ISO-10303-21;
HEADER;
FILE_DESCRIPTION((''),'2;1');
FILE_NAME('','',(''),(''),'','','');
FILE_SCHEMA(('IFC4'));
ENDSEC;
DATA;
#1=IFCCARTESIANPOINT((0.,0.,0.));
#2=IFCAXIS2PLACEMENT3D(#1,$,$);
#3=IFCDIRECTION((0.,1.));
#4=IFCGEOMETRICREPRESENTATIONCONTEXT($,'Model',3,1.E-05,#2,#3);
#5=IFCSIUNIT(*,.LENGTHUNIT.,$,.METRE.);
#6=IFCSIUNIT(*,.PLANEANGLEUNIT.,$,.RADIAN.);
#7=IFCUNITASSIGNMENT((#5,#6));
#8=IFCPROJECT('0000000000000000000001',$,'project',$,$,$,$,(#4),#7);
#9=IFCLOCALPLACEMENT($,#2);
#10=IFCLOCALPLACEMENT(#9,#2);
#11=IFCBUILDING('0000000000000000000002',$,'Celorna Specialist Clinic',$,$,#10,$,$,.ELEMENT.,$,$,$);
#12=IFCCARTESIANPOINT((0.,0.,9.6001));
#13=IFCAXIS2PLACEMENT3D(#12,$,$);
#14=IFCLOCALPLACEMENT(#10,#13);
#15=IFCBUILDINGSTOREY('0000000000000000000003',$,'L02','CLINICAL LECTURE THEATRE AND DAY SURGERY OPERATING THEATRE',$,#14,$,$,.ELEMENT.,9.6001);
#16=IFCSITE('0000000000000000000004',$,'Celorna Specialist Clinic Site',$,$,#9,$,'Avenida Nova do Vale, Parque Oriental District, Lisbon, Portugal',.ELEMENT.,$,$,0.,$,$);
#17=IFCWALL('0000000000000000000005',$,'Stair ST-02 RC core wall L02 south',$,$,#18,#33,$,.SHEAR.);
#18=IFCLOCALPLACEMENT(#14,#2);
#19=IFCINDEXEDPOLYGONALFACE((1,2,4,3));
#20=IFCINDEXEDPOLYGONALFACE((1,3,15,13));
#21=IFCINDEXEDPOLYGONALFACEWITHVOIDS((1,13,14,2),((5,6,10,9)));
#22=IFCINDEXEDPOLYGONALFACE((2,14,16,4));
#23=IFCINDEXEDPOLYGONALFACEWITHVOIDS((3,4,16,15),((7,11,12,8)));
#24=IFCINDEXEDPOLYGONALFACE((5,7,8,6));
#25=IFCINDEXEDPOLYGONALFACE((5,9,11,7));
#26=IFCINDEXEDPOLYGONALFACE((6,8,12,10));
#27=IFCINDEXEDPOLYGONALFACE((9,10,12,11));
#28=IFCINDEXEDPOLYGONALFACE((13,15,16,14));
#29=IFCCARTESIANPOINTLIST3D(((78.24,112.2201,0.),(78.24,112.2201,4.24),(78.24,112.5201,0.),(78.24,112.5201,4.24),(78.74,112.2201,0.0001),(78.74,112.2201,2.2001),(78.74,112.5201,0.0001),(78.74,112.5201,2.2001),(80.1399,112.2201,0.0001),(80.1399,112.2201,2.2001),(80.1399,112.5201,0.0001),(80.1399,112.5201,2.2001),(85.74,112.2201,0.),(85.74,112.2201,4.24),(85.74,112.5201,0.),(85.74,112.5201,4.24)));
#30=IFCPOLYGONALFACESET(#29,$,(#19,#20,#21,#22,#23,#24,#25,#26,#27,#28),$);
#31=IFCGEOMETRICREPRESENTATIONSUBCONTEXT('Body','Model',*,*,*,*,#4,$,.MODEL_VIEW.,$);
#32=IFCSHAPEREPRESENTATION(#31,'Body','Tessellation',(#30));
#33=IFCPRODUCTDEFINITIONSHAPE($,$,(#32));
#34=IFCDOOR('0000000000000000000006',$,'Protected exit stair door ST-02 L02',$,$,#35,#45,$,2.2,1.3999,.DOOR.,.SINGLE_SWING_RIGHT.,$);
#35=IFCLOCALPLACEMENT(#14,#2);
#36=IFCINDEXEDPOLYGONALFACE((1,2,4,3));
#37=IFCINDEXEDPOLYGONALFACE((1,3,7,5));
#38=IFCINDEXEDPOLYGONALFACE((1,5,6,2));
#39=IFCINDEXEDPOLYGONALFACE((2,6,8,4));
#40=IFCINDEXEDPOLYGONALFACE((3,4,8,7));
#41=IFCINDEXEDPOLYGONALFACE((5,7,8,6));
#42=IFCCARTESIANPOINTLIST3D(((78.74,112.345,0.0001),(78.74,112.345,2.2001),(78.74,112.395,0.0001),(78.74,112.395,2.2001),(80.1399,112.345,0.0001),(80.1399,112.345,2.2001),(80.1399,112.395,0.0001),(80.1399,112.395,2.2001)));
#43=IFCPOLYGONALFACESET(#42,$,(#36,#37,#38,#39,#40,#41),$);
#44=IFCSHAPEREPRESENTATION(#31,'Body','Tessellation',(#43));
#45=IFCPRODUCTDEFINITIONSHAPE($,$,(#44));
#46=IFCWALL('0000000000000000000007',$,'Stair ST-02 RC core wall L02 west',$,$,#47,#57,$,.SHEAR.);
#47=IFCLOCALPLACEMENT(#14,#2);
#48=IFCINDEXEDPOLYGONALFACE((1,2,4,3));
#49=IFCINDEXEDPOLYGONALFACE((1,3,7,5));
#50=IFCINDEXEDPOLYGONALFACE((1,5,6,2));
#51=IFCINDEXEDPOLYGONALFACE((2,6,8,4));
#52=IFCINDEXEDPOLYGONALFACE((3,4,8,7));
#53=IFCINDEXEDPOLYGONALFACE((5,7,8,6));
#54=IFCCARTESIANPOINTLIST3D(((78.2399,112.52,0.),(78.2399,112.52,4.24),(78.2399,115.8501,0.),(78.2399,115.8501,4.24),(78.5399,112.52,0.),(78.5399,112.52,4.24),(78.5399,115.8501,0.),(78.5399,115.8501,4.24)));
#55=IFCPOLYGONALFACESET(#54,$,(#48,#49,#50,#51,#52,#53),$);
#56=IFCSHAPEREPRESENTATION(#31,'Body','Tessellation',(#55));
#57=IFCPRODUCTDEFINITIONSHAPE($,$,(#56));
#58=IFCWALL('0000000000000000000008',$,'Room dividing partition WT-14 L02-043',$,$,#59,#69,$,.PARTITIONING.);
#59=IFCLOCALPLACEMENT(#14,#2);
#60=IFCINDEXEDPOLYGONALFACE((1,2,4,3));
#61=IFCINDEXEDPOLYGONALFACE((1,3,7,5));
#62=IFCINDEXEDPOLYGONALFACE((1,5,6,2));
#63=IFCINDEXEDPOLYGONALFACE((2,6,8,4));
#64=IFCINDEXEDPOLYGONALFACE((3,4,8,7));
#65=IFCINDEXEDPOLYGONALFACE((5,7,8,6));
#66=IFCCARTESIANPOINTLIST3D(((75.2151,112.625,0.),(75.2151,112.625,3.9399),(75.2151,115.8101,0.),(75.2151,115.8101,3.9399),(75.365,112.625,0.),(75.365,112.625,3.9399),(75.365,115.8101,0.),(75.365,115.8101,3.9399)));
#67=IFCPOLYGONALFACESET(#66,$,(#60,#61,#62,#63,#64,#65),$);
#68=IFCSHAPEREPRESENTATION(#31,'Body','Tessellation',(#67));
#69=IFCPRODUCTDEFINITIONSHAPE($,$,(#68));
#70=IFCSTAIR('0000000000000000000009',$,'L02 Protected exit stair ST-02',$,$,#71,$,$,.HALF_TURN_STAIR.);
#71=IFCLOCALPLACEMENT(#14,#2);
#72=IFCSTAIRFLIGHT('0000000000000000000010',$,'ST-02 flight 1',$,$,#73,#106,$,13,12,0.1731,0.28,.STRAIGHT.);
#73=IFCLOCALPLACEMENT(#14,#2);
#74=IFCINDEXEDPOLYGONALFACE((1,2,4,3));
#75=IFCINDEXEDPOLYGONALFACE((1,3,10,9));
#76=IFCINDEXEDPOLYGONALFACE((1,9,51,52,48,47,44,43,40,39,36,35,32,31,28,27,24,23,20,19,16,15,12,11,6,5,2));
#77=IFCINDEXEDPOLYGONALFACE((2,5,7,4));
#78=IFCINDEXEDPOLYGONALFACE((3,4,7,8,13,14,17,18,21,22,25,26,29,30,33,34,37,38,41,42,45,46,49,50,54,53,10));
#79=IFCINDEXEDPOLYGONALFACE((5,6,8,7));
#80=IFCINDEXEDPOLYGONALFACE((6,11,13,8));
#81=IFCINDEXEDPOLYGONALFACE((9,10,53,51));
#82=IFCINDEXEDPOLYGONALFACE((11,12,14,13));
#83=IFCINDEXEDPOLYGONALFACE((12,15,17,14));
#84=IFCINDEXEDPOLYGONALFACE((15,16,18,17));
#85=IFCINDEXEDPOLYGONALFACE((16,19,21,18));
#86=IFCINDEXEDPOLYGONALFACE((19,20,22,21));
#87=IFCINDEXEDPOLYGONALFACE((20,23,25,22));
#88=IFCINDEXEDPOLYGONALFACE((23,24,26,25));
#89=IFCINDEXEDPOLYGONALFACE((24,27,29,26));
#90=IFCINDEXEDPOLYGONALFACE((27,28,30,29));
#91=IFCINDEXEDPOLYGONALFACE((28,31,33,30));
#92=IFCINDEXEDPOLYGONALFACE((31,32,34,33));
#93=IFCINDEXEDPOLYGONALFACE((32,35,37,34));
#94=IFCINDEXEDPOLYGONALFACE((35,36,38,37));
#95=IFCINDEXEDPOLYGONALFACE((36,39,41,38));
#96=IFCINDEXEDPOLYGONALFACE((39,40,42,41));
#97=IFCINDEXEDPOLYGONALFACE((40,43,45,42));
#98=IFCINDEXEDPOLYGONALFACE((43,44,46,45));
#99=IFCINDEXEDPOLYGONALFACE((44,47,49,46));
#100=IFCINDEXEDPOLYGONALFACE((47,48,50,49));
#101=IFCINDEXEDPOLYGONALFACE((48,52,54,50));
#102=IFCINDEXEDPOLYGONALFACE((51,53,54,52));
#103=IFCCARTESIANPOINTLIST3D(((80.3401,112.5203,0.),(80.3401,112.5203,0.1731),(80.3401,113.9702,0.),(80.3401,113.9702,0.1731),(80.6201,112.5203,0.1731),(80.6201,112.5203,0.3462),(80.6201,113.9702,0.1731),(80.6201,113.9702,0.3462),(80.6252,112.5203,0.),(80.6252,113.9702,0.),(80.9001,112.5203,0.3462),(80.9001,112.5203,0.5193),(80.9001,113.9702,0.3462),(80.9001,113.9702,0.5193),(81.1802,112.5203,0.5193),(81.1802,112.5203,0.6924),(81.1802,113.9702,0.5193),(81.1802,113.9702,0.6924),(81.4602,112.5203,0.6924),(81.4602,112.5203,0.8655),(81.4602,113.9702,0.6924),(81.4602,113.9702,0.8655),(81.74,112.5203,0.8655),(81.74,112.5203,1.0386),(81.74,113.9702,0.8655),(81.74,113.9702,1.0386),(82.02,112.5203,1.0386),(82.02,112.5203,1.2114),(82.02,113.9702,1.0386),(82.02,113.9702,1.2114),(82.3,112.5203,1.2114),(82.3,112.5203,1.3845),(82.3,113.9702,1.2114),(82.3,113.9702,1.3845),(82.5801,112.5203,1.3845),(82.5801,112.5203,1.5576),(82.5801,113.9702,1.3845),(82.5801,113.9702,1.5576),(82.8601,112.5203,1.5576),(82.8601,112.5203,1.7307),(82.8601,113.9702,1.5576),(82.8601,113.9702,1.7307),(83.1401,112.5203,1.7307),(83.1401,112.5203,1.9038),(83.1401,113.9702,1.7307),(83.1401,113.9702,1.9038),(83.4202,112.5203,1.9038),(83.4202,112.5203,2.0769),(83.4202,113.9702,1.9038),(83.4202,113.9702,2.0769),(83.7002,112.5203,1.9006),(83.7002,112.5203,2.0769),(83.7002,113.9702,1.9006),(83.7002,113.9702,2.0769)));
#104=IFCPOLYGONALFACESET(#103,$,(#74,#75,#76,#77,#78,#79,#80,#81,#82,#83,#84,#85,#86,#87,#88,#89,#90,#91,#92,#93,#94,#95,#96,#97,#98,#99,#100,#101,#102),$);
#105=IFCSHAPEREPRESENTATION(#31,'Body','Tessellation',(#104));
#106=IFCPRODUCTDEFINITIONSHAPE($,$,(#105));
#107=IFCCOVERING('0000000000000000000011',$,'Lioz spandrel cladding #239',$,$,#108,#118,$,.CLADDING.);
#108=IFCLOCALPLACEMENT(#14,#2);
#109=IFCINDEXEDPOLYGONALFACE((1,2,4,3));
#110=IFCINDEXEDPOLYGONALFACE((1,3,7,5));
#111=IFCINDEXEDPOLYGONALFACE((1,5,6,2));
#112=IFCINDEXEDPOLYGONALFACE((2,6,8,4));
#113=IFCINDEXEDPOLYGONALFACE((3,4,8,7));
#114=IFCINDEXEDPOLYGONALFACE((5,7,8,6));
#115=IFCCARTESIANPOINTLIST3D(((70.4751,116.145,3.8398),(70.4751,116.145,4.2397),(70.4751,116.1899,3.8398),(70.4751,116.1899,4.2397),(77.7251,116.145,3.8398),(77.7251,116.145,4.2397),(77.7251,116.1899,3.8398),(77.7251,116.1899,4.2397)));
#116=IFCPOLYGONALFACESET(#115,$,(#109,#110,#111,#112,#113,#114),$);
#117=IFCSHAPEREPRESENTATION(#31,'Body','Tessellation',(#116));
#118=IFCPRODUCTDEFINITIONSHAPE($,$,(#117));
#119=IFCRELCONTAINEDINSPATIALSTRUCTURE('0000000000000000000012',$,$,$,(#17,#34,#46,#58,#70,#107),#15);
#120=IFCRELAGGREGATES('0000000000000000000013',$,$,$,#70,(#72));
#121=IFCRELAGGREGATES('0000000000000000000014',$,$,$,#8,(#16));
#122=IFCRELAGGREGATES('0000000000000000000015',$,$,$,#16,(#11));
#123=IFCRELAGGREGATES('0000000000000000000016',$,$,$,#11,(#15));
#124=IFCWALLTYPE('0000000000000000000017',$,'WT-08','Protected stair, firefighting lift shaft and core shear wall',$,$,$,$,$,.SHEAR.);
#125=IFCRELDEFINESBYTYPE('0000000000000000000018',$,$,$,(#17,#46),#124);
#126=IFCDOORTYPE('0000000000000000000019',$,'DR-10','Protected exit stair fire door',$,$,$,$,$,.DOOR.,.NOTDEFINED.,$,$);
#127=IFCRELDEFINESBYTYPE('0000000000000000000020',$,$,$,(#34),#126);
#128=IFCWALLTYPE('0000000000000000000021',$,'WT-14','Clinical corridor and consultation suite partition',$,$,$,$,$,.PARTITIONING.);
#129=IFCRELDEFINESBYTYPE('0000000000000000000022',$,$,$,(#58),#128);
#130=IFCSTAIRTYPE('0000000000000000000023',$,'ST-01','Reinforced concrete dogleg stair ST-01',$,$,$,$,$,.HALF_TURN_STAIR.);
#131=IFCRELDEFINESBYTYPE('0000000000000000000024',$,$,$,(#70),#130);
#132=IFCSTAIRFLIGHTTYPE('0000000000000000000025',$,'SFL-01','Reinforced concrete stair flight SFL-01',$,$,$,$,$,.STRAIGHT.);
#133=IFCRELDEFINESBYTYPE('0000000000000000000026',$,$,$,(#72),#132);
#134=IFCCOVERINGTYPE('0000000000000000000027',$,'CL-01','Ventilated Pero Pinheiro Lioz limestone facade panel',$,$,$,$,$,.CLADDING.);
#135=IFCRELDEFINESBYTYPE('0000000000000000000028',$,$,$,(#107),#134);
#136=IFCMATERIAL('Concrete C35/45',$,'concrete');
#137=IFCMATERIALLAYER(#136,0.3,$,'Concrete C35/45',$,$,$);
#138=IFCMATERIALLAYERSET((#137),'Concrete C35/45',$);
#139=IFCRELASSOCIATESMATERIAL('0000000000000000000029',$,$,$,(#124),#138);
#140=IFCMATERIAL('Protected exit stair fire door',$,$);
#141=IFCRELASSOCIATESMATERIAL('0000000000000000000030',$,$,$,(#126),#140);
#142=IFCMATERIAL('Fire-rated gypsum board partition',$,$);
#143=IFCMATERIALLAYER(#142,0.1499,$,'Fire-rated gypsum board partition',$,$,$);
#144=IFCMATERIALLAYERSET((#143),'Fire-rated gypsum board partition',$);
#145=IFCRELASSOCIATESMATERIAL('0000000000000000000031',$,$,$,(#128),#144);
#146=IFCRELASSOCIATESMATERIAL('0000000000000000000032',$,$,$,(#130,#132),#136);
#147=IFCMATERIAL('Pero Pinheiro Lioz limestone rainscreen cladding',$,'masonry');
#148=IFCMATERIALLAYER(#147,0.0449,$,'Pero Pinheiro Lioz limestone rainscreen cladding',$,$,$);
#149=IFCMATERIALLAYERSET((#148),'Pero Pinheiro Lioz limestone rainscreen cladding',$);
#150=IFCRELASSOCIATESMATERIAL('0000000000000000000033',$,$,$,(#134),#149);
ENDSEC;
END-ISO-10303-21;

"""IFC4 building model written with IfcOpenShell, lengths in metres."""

from ifc_helpers import new_model, si_unit, direction, frame, frame_2d, origin, origin_2d, place, context, subcontext, project, spatial, polyline, rectangle, outline, extrude, material, layer, layer_set, type_object, element, fill, aggregate, save


model = new_model("IFC4")

# Units and contexts
model_context = context("Model", 3, precision=1e-05, world=origin(), true_north=direction((0.0, 1.0)))
body_context = subcontext(model_context, "Body", "Model", "MODEL_VIEW")
ifc_project = project(units=[si_unit("LENGTHUNIT", "METRE"), si_unit("PLANEANGLEUNIT", "RADIAN")], contexts=[model_context])

# Site, building, storey
site_placement = place(None, origin())
site = spatial("IfcSite", under=ifc_project, at=site_placement, Name="Celorna Specialist Clinic Site", LongName="Avenida Nova do Vale, Parque Oriental District, Lisbon, Portugal", CompositionType="ELEMENT", RefElevation=0.0)
building_placement = place(site_placement, origin())
building = spatial("IfcBuilding", under=site, at=building_placement, Name="Celorna Specialist Clinic", CompositionType="ELEMENT")
storey_placement = place(building_placement, frame((0.0, 0.0, 9.6001)))
storey = spatial("IfcBuildingStorey", under=building, at=storey_placement, Name="L02", Description="CLINICAL LECTURE THEATRE AND DAY SURGERY OPERATING THEATRE", CompositionType="ELEMENT", Elevation=9.6001)

# Shared definitions
ifc_material_1 = material(Name="Concrete C35/45", Category="concrete")

# Wall, opening, door
ifc_layer_1 = layer(ifc_material_1, 0.3, Name="Concrete C35/45")
ifc_layer_set_1 = layer_set([ifc_layer_1], Name="Concrete C35/45")
wall_type_1 = type_object("IfcWallType", Name="WT-08", Description="Protected stair, firefighting lift shaft and core shear wall", PredefinedType="SHEAR", material=ifc_layer_set_1)
wall_1_placement = place(storey_placement, frame((78.24, 112.3701, 0.0), z_axis=(0.0, 0.0, 1.0), x_axis=(1.0, 0.0, 0.0)))
wall_1 = element("IfcWall", 1, at=wall_1_placement, inside=storey, type_object=wall_type_1, Name="Stair ST-02 RC core wall L02 south", PredefinedType="SHEAR", context=body_context, shape_type="SweptSolid", body=[
    extrude(rectangle(XDim=7.5, YDim=0.3, at=frame_2d((3.75, 0.0))), origin(), (0.0, 0.0, 1.0), 4.24),
])
opening_1_placement = place(wall_1_placement, frame((0.5, 0.0, 0.0)))
opening_1 = element("IfcOpeningElement", 2, at=opening_1_placement, cuts=wall_1, PredefinedType="OPENING", context=body_context, shape_type="SweptSolid", body=[
    extrude(rectangle(XDim=1.3999, YDim=2.2, at=frame_2d((0.7, 1.1001))), frame((0.0, 0.1599, 0.0), z_axis=(0.0, -1.0, 0.0), x_axis=(1.0, 0.0, 0.0)), (0.0, 0.0, 1.0), 0.3201),
])
ifc_material_2 = material(Name="Protected exit stair fire door")
door_type = type_object("IfcDoorType", Name="DR-10", Description="Protected exit stair fire door", OperationType="NOTDEFINED", PredefinedType="DOOR", material=ifc_material_2)
door_placement = place(opening_1_placement, origin())
door = element("IfcDoor", 3, at=door_placement, inside=storey, type_object=door_type, Name="Protected exit stair door ST-02 L02", OperationType="SINGLE_SWING_RIGHT", OverallHeight=2.2, OverallWidth=1.3999, PredefinedType="DOOR", context=body_context, shape_type="SweptSolid", body=[
    extrude(rectangle(XDim=1.3999, YDim=2.2, at=frame_2d((0.7, 1.1001))), frame((0.0, 0.0249, 0.0), z_axis=(0.0, -1.0, 0.0), x_axis=(1.0, 0.0, 0.0)), (0.0, 0.0, 1.0), 0.05),
])
fill(opening_1, door)

# Walls
wall_2_placement = place(storey_placement, frame((78.3899, 115.8501, 0.0), z_axis=(0.0, 0.0, 1.0), x_axis=(0.0, -1.0, 0.0)))
element("IfcWall", 4, at=wall_2_placement, inside=storey, type_object=wall_type_1, Name="Stair ST-02 RC core wall L02 west", PredefinedType="SHEAR", context=body_context, shape_type="SweptSolid", body=[
    extrude(rectangle(XDim=3.3301, YDim=0.3, at=frame_2d((1.665, 0.0))), origin(), (0.0, 0.0, 1.0), 4.24),
])
ifc_material_3 = material(Name="Fire-rated gypsum board partition")
ifc_layer_2 = layer(ifc_material_3, 0.1499, Name="Fire-rated gypsum board partition")
ifc_layer_set_2 = layer_set([ifc_layer_2], Name="Fire-rated gypsum board partition")
wall_type_2 = type_object("IfcWallType", Name="WT-14", Description="Clinical corridor and consultation suite partition", PredefinedType="PARTITIONING", material=ifc_layer_set_2)
wall_3_placement = place(storey_placement, frame((75.29, 112.625, 0.0), z_axis=(0.0, 0.0, 1.0), x_axis=(0.0, 1.0, 0.0)))
element("IfcWall", 5, at=wall_3_placement, inside=storey, type_object=wall_type_2, Name="Room dividing partition WT-14 L02-043", PredefinedType="PARTITIONING", context=body_context, shape_type="SweptSolid", body=[
    extrude(rectangle(XDim=3.1851, YDim=0.1499, at=frame_2d((1.5925, 0.0))), origin(), (0.0, 0.0, 1.0), 3.9399),
])

# Stair, stair flight
stair_type = type_object("IfcStairType", Name="ST-01", Description="Reinforced concrete dogleg stair ST-01", PredefinedType="HALF_TURN_STAIR", material=ifc_material_1)
stair_placement = place(storey_placement, origin())
stair = element("IfcStair", 6, at=stair_placement, inside=storey, type_object=stair_type, Name="L02 Protected exit stair ST-02", PredefinedType="HALF_TURN_STAIR")
stair_flight_type = type_object("IfcStairFlightType", Name="SFL-01", Description="Reinforced concrete stair flight SFL-01", PredefinedType="STRAIGHT", material=ifc_material_1)
stair_flight_placement = place(storey_placement, frame((80.3401, 113.2451, 0.0), z_axis=(0.0, 0.0, 1.0), x_axis=(1.0, 0.0, 0.0)))
stair_flight = element("IfcStairFlight", 7, at=stair_flight_placement, type_object=stair_flight_type, Name="ST-02 flight 1", NumberOfRisers=13, NumberOfTreads=12, PredefinedType="STRAIGHT", RiserHeight=0.1731, TreadLength=0.28, context=body_context, shape_type="SweptSolid", body=[
    extrude(outline(polyline([(0.0, 0.0), (0.0, 0.1731), (0.28, 0.1731), (0.28, 0.3462), (0.5601, 0.3462), (0.5601, 0.5193), (0.8401, 0.5193), (0.8401, 0.6924), (1.1201, 0.6924), (1.1201, 0.8655), (1.3999, 0.8655), (1.3999, 1.0386), (1.6799, 1.0386), (1.6799, 1.2114), (1.96, 1.2114), (1.96, 1.3845), (2.24, 1.3845), (2.24, 1.5576), (2.52, 1.5576), (2.52, 1.7307), (2.8, 1.7307), (2.8, 1.9038), (3.0801, 1.9038), (3.0801, 2.0769), (3.3601, 2.0769), (3.3601, 2.25), (3.3601, 1.9006), (0.2852, 0.0), (0.0, 0.0)])), frame((0.0, 0.7251, 0.0), z_axis=(0.0, -1.0, 0.0), x_axis=(1.0, 0.0, 0.0)), (0.0, 0.0, 1.0), 1.45),
])
aggregate(stair, [stair_flight])

# Covering
ifc_material_4 = material(Name="Pero Pinheiro Lioz limestone rainscreen cladding", Category="masonry")
ifc_layer_3 = layer(ifc_material_4, 0.0449, Name="Pero Pinheiro Lioz limestone rainscreen cladding")
ifc_layer_set_3 = layer_set([ifc_layer_3], Name="Pero Pinheiro Lioz limestone rainscreen cladding")
covering_type = type_object("IfcCoveringType", Name="CL-01", Description="Ventilated Pero Pinheiro Lioz limestone facade panel", PredefinedType="CLADDING", material=ifc_layer_set_3)
covering_placement = place(storey_placement, frame((74.1001, 116.1675, 3.8398), z_axis=(0.0, 0.0, 1.0), x_axis=(1.0, 0.0, 0.0)))
element("IfcCovering", 8, at=covering_placement, inside=storey, type_object=covering_type, Name="Lioz spandrel cladding #239", PredefinedType="CLADDING", context=body_context, shape_type="SweptSolid", body=[
    extrude(rectangle(XDim=7.25, YDim=0.0449, at=origin_2d()), origin(), (0.0, 0.0, 1.0), 0.3999),
])

save(model, "model.ifc")
